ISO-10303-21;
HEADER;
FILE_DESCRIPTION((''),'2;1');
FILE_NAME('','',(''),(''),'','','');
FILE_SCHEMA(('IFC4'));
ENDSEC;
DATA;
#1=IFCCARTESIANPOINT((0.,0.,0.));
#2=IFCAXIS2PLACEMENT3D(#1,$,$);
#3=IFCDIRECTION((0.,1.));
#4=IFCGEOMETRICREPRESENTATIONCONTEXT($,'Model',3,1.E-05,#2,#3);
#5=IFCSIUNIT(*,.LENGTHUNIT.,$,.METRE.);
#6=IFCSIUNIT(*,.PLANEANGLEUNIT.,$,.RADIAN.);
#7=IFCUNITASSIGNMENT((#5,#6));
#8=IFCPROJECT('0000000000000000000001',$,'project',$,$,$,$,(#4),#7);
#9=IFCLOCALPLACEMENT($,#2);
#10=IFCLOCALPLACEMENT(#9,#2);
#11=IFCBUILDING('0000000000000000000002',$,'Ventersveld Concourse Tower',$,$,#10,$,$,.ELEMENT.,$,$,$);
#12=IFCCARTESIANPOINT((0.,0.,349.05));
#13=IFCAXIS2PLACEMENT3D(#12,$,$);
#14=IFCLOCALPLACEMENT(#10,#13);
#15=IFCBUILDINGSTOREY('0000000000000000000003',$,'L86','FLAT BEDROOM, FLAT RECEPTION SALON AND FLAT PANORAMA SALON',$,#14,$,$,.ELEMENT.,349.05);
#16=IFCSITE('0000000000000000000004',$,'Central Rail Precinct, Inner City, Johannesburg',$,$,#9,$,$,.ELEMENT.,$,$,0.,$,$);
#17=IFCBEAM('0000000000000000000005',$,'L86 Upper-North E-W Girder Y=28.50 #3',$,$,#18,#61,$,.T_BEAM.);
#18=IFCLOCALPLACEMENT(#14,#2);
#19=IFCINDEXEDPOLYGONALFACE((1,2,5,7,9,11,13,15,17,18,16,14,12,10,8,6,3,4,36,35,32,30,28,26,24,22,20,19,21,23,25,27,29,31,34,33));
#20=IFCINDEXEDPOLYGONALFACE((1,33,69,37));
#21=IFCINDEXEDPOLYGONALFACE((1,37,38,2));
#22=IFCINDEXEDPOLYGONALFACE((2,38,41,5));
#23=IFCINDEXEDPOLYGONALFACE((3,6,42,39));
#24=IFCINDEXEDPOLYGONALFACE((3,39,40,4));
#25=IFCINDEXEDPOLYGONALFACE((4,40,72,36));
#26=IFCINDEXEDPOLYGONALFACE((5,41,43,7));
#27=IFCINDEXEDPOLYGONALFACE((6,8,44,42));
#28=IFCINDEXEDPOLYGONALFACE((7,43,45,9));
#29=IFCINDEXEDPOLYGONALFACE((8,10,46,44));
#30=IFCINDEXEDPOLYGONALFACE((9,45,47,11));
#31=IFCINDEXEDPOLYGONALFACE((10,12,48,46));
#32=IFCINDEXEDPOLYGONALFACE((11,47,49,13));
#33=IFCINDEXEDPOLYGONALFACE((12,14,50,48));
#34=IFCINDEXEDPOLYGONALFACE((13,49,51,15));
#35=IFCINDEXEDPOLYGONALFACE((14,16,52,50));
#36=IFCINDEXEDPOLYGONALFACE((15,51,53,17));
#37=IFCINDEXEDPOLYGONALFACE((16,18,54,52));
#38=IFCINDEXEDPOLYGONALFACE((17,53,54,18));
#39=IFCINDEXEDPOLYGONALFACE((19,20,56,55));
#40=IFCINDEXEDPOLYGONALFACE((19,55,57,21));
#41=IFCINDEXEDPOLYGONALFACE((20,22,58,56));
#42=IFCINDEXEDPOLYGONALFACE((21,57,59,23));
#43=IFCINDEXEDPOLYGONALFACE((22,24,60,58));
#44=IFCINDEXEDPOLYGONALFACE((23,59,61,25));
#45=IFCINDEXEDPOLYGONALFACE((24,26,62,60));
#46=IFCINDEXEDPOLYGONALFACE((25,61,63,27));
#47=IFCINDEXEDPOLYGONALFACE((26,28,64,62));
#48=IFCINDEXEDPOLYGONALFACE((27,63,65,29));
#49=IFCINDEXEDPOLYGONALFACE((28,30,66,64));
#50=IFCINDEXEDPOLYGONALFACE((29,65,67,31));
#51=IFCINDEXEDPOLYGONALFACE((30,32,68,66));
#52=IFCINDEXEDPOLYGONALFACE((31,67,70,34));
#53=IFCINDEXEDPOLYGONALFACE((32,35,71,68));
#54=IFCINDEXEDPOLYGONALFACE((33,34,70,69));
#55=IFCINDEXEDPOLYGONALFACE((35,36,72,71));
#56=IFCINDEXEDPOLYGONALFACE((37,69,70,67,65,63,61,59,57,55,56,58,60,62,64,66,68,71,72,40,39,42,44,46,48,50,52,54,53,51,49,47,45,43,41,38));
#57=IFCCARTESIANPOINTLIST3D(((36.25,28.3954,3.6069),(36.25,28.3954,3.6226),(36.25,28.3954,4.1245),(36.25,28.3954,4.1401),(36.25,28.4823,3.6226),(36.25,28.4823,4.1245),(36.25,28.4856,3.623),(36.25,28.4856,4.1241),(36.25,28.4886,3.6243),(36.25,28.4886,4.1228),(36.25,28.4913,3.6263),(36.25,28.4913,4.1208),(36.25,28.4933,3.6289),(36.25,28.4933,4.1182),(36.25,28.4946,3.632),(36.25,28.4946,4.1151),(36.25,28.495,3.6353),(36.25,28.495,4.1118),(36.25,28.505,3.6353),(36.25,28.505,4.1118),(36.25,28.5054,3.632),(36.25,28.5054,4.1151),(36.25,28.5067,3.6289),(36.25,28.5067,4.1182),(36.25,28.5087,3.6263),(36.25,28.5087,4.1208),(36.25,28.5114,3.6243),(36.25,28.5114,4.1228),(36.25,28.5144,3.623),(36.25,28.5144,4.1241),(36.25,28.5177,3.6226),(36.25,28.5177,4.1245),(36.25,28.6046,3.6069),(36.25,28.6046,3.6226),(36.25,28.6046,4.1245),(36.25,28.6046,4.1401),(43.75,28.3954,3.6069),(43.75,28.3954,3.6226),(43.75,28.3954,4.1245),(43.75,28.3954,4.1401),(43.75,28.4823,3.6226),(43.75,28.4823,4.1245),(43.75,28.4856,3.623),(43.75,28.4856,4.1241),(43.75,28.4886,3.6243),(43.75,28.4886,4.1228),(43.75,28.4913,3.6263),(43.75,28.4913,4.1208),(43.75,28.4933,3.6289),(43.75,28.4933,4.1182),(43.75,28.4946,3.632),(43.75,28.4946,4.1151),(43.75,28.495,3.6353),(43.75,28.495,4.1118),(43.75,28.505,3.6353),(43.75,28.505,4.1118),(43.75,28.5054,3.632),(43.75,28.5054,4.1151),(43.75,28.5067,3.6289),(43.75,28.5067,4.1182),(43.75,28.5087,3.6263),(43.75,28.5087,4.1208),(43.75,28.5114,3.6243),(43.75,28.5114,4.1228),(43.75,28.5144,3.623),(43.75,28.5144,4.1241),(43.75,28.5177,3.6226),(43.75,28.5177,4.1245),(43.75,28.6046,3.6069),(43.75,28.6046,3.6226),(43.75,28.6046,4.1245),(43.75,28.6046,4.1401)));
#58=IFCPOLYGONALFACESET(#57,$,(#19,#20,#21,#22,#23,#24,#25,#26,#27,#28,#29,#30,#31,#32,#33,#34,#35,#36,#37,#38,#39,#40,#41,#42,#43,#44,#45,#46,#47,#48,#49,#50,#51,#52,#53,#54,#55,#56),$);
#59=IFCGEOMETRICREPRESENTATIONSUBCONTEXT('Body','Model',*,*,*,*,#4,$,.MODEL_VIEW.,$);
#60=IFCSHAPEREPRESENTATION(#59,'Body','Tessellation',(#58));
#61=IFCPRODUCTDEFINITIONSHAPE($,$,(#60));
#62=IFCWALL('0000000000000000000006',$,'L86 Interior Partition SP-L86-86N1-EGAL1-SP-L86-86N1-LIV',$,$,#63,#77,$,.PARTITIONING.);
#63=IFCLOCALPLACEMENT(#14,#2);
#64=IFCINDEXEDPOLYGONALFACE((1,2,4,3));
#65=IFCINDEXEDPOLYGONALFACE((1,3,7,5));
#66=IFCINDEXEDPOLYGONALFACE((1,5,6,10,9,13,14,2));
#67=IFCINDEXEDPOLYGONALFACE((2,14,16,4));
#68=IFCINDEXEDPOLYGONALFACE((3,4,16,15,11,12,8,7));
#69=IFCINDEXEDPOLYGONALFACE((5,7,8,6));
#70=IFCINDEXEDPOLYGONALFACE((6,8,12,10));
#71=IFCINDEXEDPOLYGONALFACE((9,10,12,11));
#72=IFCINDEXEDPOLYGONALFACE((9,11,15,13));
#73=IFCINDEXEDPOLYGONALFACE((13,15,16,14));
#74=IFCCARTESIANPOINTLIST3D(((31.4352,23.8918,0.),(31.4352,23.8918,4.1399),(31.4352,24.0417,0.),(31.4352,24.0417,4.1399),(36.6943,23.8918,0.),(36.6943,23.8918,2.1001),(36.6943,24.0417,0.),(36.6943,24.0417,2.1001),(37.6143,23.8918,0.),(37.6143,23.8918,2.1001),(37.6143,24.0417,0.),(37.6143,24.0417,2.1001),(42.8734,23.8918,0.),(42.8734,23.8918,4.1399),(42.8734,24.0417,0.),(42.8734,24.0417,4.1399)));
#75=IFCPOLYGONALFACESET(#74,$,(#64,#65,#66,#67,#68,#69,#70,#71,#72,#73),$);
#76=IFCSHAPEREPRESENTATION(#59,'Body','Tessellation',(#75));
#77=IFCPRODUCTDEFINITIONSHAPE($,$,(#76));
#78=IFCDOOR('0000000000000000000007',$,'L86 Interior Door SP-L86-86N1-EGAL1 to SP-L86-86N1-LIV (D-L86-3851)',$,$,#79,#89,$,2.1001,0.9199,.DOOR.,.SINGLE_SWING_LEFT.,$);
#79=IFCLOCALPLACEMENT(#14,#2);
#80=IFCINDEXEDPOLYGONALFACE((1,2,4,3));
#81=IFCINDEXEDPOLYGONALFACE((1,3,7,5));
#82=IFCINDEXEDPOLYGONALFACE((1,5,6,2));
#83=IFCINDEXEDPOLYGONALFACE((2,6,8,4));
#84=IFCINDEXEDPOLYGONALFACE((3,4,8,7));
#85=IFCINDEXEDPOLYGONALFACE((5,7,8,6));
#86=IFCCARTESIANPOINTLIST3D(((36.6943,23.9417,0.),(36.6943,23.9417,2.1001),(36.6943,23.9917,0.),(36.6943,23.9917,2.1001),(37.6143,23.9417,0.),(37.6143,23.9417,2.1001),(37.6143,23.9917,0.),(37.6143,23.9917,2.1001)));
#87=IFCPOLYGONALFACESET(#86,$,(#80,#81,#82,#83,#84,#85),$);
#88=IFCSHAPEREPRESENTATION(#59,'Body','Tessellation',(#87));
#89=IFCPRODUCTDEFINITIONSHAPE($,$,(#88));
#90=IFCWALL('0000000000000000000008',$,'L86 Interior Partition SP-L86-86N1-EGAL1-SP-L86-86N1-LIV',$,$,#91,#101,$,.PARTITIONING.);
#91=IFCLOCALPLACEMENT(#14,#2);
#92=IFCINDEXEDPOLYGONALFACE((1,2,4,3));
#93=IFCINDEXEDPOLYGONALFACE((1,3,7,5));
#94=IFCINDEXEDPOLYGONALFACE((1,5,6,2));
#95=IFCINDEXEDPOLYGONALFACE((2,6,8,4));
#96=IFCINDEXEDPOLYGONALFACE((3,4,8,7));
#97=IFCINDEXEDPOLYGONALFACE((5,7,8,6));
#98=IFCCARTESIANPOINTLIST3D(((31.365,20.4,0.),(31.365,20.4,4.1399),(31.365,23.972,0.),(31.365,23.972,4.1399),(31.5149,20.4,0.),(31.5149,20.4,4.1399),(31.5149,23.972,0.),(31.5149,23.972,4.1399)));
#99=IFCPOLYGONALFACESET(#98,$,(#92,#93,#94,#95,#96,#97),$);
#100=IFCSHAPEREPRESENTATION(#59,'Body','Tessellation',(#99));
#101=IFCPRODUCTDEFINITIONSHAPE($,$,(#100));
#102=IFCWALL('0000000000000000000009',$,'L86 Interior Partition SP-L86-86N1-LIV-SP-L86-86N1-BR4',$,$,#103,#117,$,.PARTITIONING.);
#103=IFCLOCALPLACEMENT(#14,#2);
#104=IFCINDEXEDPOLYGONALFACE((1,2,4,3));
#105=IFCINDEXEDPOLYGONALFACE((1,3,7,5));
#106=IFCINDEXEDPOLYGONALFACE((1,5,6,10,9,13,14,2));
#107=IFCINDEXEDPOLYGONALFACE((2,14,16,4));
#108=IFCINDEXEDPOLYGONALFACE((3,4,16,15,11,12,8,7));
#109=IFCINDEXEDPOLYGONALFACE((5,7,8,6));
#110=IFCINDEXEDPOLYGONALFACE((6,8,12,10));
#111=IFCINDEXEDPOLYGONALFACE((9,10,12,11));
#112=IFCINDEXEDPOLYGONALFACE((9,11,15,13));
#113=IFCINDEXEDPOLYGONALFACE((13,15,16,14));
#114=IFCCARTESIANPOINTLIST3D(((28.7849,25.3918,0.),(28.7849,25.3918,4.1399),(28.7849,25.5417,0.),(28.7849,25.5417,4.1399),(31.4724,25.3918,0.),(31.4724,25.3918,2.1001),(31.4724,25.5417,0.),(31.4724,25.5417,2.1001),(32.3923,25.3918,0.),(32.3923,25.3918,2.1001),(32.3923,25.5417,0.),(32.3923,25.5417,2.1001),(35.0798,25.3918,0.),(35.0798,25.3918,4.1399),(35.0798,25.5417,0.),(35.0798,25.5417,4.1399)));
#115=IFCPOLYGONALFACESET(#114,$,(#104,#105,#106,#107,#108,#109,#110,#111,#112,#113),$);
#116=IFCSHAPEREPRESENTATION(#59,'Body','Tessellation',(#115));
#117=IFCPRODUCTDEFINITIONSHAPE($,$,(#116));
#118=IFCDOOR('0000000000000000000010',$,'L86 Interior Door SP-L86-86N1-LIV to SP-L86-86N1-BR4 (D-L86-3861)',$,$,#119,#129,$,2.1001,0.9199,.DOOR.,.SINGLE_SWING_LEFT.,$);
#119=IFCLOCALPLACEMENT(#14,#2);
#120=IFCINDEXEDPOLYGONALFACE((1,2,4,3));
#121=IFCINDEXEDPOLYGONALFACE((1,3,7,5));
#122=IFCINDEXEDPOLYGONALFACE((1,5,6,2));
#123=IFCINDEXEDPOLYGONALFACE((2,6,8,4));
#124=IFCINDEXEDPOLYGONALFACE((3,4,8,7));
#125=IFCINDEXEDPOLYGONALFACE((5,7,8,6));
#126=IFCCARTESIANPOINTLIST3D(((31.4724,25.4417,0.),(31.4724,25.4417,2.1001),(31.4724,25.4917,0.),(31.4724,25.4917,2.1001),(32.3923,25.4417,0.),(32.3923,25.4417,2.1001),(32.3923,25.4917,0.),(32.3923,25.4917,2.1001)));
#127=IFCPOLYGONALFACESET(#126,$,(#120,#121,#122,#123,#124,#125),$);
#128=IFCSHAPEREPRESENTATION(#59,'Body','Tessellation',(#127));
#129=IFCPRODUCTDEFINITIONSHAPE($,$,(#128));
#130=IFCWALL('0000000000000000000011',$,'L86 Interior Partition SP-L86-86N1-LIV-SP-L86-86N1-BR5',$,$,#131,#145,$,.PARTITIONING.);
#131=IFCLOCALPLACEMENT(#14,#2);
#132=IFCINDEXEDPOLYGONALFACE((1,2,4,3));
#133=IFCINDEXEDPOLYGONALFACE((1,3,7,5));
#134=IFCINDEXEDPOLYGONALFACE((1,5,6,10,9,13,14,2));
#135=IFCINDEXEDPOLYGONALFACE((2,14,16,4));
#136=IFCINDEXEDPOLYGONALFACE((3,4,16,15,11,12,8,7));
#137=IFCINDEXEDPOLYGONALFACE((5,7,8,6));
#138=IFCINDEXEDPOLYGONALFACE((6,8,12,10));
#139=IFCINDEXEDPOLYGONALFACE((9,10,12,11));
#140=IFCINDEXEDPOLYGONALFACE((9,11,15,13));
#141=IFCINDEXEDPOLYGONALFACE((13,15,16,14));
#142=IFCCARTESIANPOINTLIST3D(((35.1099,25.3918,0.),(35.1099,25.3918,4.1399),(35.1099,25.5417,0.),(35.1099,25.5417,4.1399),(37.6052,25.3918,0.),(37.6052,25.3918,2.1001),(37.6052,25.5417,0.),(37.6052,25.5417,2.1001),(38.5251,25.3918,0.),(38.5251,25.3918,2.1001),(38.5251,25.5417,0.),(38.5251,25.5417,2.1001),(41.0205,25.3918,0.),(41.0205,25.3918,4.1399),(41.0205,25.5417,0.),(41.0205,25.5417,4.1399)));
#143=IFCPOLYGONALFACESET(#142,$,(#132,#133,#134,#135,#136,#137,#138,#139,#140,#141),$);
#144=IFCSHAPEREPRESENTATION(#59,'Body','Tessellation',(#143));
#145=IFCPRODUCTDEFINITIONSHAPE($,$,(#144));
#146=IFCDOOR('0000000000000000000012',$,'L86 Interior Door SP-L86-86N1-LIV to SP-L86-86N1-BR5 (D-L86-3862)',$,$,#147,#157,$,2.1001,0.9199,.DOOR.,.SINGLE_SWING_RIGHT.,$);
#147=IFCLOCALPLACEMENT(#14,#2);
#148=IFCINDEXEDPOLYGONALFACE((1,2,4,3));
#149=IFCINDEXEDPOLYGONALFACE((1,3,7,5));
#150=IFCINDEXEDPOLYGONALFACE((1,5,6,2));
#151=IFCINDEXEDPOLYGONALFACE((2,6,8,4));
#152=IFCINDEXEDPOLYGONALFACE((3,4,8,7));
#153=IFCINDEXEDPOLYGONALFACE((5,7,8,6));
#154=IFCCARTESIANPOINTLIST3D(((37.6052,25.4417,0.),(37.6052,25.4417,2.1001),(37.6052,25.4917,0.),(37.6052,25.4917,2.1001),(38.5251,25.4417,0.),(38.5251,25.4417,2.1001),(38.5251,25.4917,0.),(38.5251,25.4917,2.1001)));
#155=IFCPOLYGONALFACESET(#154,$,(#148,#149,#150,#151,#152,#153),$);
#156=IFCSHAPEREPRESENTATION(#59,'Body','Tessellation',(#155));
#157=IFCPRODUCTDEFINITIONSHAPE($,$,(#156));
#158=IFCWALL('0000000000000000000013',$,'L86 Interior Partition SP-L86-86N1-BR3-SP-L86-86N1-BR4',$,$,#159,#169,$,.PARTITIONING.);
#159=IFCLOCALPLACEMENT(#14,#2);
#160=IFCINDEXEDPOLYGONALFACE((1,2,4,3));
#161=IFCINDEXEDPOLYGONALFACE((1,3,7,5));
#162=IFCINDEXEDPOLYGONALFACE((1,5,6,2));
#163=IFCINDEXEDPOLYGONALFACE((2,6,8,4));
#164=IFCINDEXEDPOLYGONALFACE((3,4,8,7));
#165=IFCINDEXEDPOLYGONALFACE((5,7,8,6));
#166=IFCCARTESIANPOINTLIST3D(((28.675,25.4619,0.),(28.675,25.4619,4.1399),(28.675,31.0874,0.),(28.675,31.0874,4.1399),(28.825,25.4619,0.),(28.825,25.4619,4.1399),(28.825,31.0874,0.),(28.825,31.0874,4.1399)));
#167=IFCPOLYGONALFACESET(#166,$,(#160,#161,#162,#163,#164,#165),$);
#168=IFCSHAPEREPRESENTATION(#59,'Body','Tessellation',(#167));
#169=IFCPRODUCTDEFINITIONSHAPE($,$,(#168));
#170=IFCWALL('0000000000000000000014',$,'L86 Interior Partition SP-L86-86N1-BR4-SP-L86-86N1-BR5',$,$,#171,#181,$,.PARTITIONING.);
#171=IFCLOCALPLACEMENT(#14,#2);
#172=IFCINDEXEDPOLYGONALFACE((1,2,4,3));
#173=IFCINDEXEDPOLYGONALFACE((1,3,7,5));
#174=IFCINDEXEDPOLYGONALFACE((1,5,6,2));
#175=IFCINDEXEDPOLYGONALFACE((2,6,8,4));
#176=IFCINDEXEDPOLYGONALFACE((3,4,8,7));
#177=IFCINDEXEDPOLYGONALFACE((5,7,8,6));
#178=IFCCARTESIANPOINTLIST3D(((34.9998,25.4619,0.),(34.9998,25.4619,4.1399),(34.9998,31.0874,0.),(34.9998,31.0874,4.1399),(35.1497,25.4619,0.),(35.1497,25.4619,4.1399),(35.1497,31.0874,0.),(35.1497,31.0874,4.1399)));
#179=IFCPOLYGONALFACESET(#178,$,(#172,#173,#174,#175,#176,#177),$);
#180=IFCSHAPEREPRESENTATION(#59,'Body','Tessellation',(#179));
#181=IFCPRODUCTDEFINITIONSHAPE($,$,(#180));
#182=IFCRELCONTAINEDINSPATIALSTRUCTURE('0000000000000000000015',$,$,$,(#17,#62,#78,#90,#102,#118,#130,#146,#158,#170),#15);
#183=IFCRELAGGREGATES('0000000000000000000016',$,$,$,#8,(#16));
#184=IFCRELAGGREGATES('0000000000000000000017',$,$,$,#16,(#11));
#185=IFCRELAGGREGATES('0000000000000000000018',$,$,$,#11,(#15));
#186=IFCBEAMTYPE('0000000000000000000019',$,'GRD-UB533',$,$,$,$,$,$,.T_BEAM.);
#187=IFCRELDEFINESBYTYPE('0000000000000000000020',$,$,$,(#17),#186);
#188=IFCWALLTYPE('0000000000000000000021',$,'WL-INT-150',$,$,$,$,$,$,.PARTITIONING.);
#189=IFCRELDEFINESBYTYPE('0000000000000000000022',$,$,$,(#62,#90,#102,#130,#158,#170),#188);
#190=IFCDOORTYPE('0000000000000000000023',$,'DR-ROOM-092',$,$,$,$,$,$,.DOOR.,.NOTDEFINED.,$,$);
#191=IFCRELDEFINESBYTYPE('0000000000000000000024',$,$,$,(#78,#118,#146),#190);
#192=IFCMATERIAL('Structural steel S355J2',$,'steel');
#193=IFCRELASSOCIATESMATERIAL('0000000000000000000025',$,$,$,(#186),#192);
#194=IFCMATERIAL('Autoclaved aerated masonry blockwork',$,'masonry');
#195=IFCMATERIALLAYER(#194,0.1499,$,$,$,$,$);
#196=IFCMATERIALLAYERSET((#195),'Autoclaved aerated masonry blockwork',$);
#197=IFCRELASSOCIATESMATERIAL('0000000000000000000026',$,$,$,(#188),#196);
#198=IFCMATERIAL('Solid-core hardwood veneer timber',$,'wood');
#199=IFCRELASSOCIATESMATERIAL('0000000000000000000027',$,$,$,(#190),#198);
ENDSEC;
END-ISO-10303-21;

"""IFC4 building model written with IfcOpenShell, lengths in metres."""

from ifc_helpers import new_model, si_unit, direction, frame, frame_2d, origin, origin_2d, place, context, subcontext, project, spatial, rectangle, i_section, extrude, material, layer, layer_set, material_profile, profile_set, type_object, element, fill, save


model = new_model("IFC4")

# Units and contexts
model_context = context("Model", 3, precision=1e-05, world=origin(), true_north=direction((0.0, 1.0)))
body_context = subcontext(model_context, "Body", "Model", "MODEL_VIEW")
ifc_project = project(units=[si_unit("LENGTHUNIT", "METRE"), si_unit("PLANEANGLEUNIT", "RADIAN")], contexts=[model_context])

# Site, building, storey
site_placement = place(None, origin())
site = spatial("IfcSite", under=ifc_project, at=site_placement, Name="Central Rail Precinct, Inner City, Johannesburg", CompositionType="ELEMENT", RefElevation=0.0)
building_placement = place(site_placement, origin())
building = spatial("IfcBuilding", under=site, at=building_placement, Name="Ventersveld Concourse Tower", CompositionType="ELEMENT")
storey_placement = place(building_placement, frame((0.0, 0.0, 349.05)))
storey = spatial("IfcBuildingStorey", under=building, at=storey_placement, Name="L86", Description="FLAT BEDROOM, FLAT RECEPTION SALON AND FLAT PANORAMA SALON", CompositionType="ELEMENT", Elevation=349.05)

# Shared definitions
ifc_material_1 = material(Name="Structural steel S355J2", Category="steel")

# Beam
ifc_material_profile_1 = material_profile(ifc_material_1, i_section(OverallWidth=0.2092, OverallDepth=0.5332, WebThickness=0.01, FlangeThickness=0.0156, FilletRadius=0.0127, at=origin_2d()), Name="UB 533x210x92")
ifc_profile_set_1 = profile_set([ifc_material_profile_1], Name="Structural steel S355J2")
beam_type_1 = type_object("IfcBeamType", Name="GRD-UB533", PredefinedType="T_BEAM", material=ifc_profile_set_1)
for number, where, z_axis, x_axis, name in (
    (1, (36.25, 28.5, 3.8735), (1.0, 0.0, 0.0), (0.0, 1.0, 0.0), "L86 Upper-North E-W Girder Y=28.50 #3"),
):
    element("IfcBeam", number, at=place(storey_placement, frame(where, z_axis=z_axis, x_axis=x_axis)), inside=storey, type_object=beam_type_1, Name=name, PredefinedType="T_BEAM", context=body_context, shape_type="SweptSolid", body=[
        extrude(i_section(OverallWidth=0.2092, OverallDepth=0.5332, WebThickness=0.01, FlangeThickness=0.0156, FilletRadius=0.0127, at=origin_2d()), origin(), (0.0, 0.0, 1.0), 7.5),
    ])

# Wall, opening, door
ifc_material_2 = material(Name="Autoclaved aerated masonry blockwork", Category="masonry")
ifc_layer = layer(ifc_material_2, 0.1499)
ifc_layer_set = layer_set([ifc_layer], Name="Autoclaved aerated masonry blockwork")
wall_type = type_object("IfcWallType", Name="WL-INT-150", PredefinedType="PARTITIONING", material=ifc_layer_set)
wall_1_placement = place(storey_placement, frame((31.4351, 23.9668, 0.0), z_axis=(0.0, 0.0, 1.0), x_axis=(1.0, 0.0, 0.0)))
wall_1 = element("IfcWall", 2, at=wall_1_placement, inside=storey, type_object=wall_type, Name="L86 Interior Partition SP-L86-86N1-EGAL1-SP-L86-86N1-LIV", PredefinedType="PARTITIONING", context=body_context, shape_type="SweptSolid", body=[
    extrude(rectangle(XDim=11.4382, YDim=0.1499, at=frame_2d((5.7192, 0.0))), origin(), (0.0, 0.0, 1.0), 4.1399),
])
opening_1_placement = place(wall_1_placement, frame((5.2593, 0.0, 0.0)))
opening_1 = element("IfcOpeningElement", 3, at=opening_1_placement, cuts=wall_1, PredefinedType="OPENING", context=body_context, shape_type="SweptSolid", body=[
    extrude(rectangle(XDim=0.9199, YDim=2.1001, at=frame_2d((0.46, 1.05))), frame((0.0, 0.085, 0.0), z_axis=(0.0, -1.0, 0.0), x_axis=(1.0, 0.0, 0.0)), (0.0, 0.0, 1.0), 0.1699),
])
ifc_material_3 = material(Name="Solid-core hardwood veneer timber", Category="wood")
door_type = type_object("IfcDoorType", Name="DR-ROOM-092", OperationType="NOTDEFINED", PredefinedType="DOOR", material=ifc_material_3)
door_1_placement = place(opening_1_placement, origin())
door_1 = element("IfcDoor", 4, at=door_1_placement, inside=storey, type_object=door_type, Name="L86 Interior Door SP-L86-86N1-EGAL1 to SP-L86-86N1-LIV (D-L86-3851)", OperationType="SINGLE_SWING_LEFT", OverallHeight=2.1001, OverallWidth=0.9199, PredefinedType="DOOR", context=body_context, shape_type="SweptSolid", body=[
    extrude(rectangle(XDim=0.9199, YDim=2.1001, at=frame_2d((0.46, 1.05))), frame((0.0, 0.0249, 0.0), z_axis=(0.0, -1.0, 0.0), x_axis=(1.0, 0.0, 0.0)), (0.0, 0.0, 1.0), 0.05),
])
fill(opening_1, door_1)

# Wall
wall_2_placement = place(storey_placement, frame((31.4399, 20.3999, 0.0), z_axis=(0.0, 0.0, 1.0), x_axis=(0.0, 1.0, 0.0)))
element("IfcWall", 5, at=wall_2_placement, inside=storey, type_object=wall_type, Name="L86 Interior Partition SP-L86-86N1-EGAL1-SP-L86-86N1-LIV", PredefinedType="PARTITIONING", context=body_context, shape_type="SweptSolid", body=[
    extrude(rectangle(XDim=3.572, YDim=0.1499, at=frame_2d((1.7861, 0.0))), origin(), (0.0, 0.0, 1.0), 4.1399),
])

# Walls, openings, doors
wall_3_placement = place(storey_placement, frame((28.7849, 25.4668, 0.0), z_axis=(0.0, 0.0, 1.0), x_axis=(1.0, 0.0, 0.0)))
wall_3 = element("IfcWall", 6, at=wall_3_placement, inside=storey, type_object=wall_type, Name="L86 Interior Partition SP-L86-86N1-LIV-SP-L86-86N1-BR4", PredefinedType="PARTITIONING", context=body_context, shape_type="SweptSolid", body=[
    extrude(rectangle(XDim=6.2949, YDim=0.1499, at=frame_2d((3.1475, 0.0))), origin(), (0.0, 0.0, 1.0), 4.1399),
])
opening_2_placement = place(wall_3_placement, frame((2.6875, 0.0, 0.0)))
opening_2 = element("IfcOpeningElement", 7, at=opening_2_placement, cuts=wall_3, PredefinedType="OPENING", context=body_context, shape_type="SweptSolid", body=[
    extrude(rectangle(XDim=0.9199, YDim=2.1001, at=frame_2d((0.46, 1.05))), frame((0.0, 0.085, 0.0), z_axis=(0.0, -1.0, 0.0), x_axis=(1.0, 0.0, 0.0)), (0.0, 0.0, 1.0), 0.1699),
])
door_2_placement = place(opening_2_placement, origin())
door_2 = element("IfcDoor", 8, at=door_2_placement, inside=storey, type_object=door_type, Name="L86 Interior Door SP-L86-86N1-LIV to SP-L86-86N1-BR4 (D-L86-3861)", OperationType="SINGLE_SWING_LEFT", OverallHeight=2.1001, OverallWidth=0.9199, PredefinedType="DOOR", context=body_context, shape_type="SweptSolid", body=[
    extrude(rectangle(XDim=0.9199, YDim=2.1001, at=frame_2d((0.46, 1.05))), frame((0.0, 0.0249, 0.0), z_axis=(0.0, -1.0, 0.0), x_axis=(1.0, 0.0, 0.0)), (0.0, 0.0, 1.0), 0.05),
])
fill(opening_2, door_2)
wall_4_placement = place(storey_placement, frame((35.1099, 25.4668, 0.0), z_axis=(0.0, 0.0, 1.0), x_axis=(1.0, 0.0, 0.0)))
wall_4 = element("IfcWall", 9, at=wall_4_placement, inside=storey, type_object=wall_type, Name="L86 Interior Partition SP-L86-86N1-LIV-SP-L86-86N1-BR5", PredefinedType="PARTITIONING", context=body_context, shape_type="SweptSolid", body=[
    extrude(rectangle(XDim=5.9106, YDim=0.1499, at=frame_2d((2.9553, 0.0))), origin(), (0.0, 0.0, 1.0), 4.1399),
])
opening_3_placement = place(wall_4_placement, frame((2.4954, 0.0, 0.0)))
opening_3 = element("IfcOpeningElement", 10, at=opening_3_placement, cuts=wall_4, PredefinedType="OPENING", context=body_context, shape_type="SweptSolid", body=[
    extrude(rectangle(XDim=0.9199, YDim=2.1001, at=frame_2d((0.46, 1.05))), frame((0.0, 0.085, 0.0), z_axis=(0.0, -1.0, 0.0), x_axis=(1.0, 0.0, 0.0)), (0.0, 0.0, 1.0), 0.1699),
])
door_3_placement = place(opening_3_placement, origin())
door_3 = element("IfcDoor", 11, at=door_3_placement, inside=storey, type_object=door_type, Name="L86 Interior Door SP-L86-86N1-LIV to SP-L86-86N1-BR5 (D-L86-3862)", OperationType="SINGLE_SWING_RIGHT", OverallHeight=2.1001, OverallWidth=0.9199, PredefinedType="DOOR", context=body_context, shape_type="SweptSolid", body=[
    extrude(rectangle(XDim=0.9199, YDim=2.1001, at=frame_2d((0.46, 1.05))), frame((0.0, 0.0249, 0.0), z_axis=(0.0, -1.0, 0.0), x_axis=(1.0, 0.0, 0.0)), (0.0, 0.0, 1.0), 0.05),
])
fill(opening_3, door_3)

# Walls
for number, where, z_axis, x_axis, name in (
    (12, (28.75, 25.4619, 0.0), (0.0, 0.0, 1.0), (0.0, 1.0, 0.0), "L86 Interior Partition SP-L86-86N1-BR3-SP-L86-86N1-BR4"),
    (13, (35.0747, 25.4619, 0.0), (0.0, 0.0, 1.0), (0.0, 1.0, 0.0), "L86 Interior Partition SP-L86-86N1-BR4-SP-L86-86N1-BR5"),
):
    element("IfcWall", number, at=place(storey_placement, frame(where, z_axis=z_axis, x_axis=x_axis)), inside=storey, type_object=wall_type, Name=name, PredefinedType="PARTITIONING", context=body_context, shape_type="SweptSolid", body=[
        extrude(rectangle(XDim=5.6255, YDim=0.1499, at=frame_2d((2.8127, 0.0))), origin(), (0.0, 0.0, 1.0), 4.1399),
    ])

save(model, "model.ifc")
